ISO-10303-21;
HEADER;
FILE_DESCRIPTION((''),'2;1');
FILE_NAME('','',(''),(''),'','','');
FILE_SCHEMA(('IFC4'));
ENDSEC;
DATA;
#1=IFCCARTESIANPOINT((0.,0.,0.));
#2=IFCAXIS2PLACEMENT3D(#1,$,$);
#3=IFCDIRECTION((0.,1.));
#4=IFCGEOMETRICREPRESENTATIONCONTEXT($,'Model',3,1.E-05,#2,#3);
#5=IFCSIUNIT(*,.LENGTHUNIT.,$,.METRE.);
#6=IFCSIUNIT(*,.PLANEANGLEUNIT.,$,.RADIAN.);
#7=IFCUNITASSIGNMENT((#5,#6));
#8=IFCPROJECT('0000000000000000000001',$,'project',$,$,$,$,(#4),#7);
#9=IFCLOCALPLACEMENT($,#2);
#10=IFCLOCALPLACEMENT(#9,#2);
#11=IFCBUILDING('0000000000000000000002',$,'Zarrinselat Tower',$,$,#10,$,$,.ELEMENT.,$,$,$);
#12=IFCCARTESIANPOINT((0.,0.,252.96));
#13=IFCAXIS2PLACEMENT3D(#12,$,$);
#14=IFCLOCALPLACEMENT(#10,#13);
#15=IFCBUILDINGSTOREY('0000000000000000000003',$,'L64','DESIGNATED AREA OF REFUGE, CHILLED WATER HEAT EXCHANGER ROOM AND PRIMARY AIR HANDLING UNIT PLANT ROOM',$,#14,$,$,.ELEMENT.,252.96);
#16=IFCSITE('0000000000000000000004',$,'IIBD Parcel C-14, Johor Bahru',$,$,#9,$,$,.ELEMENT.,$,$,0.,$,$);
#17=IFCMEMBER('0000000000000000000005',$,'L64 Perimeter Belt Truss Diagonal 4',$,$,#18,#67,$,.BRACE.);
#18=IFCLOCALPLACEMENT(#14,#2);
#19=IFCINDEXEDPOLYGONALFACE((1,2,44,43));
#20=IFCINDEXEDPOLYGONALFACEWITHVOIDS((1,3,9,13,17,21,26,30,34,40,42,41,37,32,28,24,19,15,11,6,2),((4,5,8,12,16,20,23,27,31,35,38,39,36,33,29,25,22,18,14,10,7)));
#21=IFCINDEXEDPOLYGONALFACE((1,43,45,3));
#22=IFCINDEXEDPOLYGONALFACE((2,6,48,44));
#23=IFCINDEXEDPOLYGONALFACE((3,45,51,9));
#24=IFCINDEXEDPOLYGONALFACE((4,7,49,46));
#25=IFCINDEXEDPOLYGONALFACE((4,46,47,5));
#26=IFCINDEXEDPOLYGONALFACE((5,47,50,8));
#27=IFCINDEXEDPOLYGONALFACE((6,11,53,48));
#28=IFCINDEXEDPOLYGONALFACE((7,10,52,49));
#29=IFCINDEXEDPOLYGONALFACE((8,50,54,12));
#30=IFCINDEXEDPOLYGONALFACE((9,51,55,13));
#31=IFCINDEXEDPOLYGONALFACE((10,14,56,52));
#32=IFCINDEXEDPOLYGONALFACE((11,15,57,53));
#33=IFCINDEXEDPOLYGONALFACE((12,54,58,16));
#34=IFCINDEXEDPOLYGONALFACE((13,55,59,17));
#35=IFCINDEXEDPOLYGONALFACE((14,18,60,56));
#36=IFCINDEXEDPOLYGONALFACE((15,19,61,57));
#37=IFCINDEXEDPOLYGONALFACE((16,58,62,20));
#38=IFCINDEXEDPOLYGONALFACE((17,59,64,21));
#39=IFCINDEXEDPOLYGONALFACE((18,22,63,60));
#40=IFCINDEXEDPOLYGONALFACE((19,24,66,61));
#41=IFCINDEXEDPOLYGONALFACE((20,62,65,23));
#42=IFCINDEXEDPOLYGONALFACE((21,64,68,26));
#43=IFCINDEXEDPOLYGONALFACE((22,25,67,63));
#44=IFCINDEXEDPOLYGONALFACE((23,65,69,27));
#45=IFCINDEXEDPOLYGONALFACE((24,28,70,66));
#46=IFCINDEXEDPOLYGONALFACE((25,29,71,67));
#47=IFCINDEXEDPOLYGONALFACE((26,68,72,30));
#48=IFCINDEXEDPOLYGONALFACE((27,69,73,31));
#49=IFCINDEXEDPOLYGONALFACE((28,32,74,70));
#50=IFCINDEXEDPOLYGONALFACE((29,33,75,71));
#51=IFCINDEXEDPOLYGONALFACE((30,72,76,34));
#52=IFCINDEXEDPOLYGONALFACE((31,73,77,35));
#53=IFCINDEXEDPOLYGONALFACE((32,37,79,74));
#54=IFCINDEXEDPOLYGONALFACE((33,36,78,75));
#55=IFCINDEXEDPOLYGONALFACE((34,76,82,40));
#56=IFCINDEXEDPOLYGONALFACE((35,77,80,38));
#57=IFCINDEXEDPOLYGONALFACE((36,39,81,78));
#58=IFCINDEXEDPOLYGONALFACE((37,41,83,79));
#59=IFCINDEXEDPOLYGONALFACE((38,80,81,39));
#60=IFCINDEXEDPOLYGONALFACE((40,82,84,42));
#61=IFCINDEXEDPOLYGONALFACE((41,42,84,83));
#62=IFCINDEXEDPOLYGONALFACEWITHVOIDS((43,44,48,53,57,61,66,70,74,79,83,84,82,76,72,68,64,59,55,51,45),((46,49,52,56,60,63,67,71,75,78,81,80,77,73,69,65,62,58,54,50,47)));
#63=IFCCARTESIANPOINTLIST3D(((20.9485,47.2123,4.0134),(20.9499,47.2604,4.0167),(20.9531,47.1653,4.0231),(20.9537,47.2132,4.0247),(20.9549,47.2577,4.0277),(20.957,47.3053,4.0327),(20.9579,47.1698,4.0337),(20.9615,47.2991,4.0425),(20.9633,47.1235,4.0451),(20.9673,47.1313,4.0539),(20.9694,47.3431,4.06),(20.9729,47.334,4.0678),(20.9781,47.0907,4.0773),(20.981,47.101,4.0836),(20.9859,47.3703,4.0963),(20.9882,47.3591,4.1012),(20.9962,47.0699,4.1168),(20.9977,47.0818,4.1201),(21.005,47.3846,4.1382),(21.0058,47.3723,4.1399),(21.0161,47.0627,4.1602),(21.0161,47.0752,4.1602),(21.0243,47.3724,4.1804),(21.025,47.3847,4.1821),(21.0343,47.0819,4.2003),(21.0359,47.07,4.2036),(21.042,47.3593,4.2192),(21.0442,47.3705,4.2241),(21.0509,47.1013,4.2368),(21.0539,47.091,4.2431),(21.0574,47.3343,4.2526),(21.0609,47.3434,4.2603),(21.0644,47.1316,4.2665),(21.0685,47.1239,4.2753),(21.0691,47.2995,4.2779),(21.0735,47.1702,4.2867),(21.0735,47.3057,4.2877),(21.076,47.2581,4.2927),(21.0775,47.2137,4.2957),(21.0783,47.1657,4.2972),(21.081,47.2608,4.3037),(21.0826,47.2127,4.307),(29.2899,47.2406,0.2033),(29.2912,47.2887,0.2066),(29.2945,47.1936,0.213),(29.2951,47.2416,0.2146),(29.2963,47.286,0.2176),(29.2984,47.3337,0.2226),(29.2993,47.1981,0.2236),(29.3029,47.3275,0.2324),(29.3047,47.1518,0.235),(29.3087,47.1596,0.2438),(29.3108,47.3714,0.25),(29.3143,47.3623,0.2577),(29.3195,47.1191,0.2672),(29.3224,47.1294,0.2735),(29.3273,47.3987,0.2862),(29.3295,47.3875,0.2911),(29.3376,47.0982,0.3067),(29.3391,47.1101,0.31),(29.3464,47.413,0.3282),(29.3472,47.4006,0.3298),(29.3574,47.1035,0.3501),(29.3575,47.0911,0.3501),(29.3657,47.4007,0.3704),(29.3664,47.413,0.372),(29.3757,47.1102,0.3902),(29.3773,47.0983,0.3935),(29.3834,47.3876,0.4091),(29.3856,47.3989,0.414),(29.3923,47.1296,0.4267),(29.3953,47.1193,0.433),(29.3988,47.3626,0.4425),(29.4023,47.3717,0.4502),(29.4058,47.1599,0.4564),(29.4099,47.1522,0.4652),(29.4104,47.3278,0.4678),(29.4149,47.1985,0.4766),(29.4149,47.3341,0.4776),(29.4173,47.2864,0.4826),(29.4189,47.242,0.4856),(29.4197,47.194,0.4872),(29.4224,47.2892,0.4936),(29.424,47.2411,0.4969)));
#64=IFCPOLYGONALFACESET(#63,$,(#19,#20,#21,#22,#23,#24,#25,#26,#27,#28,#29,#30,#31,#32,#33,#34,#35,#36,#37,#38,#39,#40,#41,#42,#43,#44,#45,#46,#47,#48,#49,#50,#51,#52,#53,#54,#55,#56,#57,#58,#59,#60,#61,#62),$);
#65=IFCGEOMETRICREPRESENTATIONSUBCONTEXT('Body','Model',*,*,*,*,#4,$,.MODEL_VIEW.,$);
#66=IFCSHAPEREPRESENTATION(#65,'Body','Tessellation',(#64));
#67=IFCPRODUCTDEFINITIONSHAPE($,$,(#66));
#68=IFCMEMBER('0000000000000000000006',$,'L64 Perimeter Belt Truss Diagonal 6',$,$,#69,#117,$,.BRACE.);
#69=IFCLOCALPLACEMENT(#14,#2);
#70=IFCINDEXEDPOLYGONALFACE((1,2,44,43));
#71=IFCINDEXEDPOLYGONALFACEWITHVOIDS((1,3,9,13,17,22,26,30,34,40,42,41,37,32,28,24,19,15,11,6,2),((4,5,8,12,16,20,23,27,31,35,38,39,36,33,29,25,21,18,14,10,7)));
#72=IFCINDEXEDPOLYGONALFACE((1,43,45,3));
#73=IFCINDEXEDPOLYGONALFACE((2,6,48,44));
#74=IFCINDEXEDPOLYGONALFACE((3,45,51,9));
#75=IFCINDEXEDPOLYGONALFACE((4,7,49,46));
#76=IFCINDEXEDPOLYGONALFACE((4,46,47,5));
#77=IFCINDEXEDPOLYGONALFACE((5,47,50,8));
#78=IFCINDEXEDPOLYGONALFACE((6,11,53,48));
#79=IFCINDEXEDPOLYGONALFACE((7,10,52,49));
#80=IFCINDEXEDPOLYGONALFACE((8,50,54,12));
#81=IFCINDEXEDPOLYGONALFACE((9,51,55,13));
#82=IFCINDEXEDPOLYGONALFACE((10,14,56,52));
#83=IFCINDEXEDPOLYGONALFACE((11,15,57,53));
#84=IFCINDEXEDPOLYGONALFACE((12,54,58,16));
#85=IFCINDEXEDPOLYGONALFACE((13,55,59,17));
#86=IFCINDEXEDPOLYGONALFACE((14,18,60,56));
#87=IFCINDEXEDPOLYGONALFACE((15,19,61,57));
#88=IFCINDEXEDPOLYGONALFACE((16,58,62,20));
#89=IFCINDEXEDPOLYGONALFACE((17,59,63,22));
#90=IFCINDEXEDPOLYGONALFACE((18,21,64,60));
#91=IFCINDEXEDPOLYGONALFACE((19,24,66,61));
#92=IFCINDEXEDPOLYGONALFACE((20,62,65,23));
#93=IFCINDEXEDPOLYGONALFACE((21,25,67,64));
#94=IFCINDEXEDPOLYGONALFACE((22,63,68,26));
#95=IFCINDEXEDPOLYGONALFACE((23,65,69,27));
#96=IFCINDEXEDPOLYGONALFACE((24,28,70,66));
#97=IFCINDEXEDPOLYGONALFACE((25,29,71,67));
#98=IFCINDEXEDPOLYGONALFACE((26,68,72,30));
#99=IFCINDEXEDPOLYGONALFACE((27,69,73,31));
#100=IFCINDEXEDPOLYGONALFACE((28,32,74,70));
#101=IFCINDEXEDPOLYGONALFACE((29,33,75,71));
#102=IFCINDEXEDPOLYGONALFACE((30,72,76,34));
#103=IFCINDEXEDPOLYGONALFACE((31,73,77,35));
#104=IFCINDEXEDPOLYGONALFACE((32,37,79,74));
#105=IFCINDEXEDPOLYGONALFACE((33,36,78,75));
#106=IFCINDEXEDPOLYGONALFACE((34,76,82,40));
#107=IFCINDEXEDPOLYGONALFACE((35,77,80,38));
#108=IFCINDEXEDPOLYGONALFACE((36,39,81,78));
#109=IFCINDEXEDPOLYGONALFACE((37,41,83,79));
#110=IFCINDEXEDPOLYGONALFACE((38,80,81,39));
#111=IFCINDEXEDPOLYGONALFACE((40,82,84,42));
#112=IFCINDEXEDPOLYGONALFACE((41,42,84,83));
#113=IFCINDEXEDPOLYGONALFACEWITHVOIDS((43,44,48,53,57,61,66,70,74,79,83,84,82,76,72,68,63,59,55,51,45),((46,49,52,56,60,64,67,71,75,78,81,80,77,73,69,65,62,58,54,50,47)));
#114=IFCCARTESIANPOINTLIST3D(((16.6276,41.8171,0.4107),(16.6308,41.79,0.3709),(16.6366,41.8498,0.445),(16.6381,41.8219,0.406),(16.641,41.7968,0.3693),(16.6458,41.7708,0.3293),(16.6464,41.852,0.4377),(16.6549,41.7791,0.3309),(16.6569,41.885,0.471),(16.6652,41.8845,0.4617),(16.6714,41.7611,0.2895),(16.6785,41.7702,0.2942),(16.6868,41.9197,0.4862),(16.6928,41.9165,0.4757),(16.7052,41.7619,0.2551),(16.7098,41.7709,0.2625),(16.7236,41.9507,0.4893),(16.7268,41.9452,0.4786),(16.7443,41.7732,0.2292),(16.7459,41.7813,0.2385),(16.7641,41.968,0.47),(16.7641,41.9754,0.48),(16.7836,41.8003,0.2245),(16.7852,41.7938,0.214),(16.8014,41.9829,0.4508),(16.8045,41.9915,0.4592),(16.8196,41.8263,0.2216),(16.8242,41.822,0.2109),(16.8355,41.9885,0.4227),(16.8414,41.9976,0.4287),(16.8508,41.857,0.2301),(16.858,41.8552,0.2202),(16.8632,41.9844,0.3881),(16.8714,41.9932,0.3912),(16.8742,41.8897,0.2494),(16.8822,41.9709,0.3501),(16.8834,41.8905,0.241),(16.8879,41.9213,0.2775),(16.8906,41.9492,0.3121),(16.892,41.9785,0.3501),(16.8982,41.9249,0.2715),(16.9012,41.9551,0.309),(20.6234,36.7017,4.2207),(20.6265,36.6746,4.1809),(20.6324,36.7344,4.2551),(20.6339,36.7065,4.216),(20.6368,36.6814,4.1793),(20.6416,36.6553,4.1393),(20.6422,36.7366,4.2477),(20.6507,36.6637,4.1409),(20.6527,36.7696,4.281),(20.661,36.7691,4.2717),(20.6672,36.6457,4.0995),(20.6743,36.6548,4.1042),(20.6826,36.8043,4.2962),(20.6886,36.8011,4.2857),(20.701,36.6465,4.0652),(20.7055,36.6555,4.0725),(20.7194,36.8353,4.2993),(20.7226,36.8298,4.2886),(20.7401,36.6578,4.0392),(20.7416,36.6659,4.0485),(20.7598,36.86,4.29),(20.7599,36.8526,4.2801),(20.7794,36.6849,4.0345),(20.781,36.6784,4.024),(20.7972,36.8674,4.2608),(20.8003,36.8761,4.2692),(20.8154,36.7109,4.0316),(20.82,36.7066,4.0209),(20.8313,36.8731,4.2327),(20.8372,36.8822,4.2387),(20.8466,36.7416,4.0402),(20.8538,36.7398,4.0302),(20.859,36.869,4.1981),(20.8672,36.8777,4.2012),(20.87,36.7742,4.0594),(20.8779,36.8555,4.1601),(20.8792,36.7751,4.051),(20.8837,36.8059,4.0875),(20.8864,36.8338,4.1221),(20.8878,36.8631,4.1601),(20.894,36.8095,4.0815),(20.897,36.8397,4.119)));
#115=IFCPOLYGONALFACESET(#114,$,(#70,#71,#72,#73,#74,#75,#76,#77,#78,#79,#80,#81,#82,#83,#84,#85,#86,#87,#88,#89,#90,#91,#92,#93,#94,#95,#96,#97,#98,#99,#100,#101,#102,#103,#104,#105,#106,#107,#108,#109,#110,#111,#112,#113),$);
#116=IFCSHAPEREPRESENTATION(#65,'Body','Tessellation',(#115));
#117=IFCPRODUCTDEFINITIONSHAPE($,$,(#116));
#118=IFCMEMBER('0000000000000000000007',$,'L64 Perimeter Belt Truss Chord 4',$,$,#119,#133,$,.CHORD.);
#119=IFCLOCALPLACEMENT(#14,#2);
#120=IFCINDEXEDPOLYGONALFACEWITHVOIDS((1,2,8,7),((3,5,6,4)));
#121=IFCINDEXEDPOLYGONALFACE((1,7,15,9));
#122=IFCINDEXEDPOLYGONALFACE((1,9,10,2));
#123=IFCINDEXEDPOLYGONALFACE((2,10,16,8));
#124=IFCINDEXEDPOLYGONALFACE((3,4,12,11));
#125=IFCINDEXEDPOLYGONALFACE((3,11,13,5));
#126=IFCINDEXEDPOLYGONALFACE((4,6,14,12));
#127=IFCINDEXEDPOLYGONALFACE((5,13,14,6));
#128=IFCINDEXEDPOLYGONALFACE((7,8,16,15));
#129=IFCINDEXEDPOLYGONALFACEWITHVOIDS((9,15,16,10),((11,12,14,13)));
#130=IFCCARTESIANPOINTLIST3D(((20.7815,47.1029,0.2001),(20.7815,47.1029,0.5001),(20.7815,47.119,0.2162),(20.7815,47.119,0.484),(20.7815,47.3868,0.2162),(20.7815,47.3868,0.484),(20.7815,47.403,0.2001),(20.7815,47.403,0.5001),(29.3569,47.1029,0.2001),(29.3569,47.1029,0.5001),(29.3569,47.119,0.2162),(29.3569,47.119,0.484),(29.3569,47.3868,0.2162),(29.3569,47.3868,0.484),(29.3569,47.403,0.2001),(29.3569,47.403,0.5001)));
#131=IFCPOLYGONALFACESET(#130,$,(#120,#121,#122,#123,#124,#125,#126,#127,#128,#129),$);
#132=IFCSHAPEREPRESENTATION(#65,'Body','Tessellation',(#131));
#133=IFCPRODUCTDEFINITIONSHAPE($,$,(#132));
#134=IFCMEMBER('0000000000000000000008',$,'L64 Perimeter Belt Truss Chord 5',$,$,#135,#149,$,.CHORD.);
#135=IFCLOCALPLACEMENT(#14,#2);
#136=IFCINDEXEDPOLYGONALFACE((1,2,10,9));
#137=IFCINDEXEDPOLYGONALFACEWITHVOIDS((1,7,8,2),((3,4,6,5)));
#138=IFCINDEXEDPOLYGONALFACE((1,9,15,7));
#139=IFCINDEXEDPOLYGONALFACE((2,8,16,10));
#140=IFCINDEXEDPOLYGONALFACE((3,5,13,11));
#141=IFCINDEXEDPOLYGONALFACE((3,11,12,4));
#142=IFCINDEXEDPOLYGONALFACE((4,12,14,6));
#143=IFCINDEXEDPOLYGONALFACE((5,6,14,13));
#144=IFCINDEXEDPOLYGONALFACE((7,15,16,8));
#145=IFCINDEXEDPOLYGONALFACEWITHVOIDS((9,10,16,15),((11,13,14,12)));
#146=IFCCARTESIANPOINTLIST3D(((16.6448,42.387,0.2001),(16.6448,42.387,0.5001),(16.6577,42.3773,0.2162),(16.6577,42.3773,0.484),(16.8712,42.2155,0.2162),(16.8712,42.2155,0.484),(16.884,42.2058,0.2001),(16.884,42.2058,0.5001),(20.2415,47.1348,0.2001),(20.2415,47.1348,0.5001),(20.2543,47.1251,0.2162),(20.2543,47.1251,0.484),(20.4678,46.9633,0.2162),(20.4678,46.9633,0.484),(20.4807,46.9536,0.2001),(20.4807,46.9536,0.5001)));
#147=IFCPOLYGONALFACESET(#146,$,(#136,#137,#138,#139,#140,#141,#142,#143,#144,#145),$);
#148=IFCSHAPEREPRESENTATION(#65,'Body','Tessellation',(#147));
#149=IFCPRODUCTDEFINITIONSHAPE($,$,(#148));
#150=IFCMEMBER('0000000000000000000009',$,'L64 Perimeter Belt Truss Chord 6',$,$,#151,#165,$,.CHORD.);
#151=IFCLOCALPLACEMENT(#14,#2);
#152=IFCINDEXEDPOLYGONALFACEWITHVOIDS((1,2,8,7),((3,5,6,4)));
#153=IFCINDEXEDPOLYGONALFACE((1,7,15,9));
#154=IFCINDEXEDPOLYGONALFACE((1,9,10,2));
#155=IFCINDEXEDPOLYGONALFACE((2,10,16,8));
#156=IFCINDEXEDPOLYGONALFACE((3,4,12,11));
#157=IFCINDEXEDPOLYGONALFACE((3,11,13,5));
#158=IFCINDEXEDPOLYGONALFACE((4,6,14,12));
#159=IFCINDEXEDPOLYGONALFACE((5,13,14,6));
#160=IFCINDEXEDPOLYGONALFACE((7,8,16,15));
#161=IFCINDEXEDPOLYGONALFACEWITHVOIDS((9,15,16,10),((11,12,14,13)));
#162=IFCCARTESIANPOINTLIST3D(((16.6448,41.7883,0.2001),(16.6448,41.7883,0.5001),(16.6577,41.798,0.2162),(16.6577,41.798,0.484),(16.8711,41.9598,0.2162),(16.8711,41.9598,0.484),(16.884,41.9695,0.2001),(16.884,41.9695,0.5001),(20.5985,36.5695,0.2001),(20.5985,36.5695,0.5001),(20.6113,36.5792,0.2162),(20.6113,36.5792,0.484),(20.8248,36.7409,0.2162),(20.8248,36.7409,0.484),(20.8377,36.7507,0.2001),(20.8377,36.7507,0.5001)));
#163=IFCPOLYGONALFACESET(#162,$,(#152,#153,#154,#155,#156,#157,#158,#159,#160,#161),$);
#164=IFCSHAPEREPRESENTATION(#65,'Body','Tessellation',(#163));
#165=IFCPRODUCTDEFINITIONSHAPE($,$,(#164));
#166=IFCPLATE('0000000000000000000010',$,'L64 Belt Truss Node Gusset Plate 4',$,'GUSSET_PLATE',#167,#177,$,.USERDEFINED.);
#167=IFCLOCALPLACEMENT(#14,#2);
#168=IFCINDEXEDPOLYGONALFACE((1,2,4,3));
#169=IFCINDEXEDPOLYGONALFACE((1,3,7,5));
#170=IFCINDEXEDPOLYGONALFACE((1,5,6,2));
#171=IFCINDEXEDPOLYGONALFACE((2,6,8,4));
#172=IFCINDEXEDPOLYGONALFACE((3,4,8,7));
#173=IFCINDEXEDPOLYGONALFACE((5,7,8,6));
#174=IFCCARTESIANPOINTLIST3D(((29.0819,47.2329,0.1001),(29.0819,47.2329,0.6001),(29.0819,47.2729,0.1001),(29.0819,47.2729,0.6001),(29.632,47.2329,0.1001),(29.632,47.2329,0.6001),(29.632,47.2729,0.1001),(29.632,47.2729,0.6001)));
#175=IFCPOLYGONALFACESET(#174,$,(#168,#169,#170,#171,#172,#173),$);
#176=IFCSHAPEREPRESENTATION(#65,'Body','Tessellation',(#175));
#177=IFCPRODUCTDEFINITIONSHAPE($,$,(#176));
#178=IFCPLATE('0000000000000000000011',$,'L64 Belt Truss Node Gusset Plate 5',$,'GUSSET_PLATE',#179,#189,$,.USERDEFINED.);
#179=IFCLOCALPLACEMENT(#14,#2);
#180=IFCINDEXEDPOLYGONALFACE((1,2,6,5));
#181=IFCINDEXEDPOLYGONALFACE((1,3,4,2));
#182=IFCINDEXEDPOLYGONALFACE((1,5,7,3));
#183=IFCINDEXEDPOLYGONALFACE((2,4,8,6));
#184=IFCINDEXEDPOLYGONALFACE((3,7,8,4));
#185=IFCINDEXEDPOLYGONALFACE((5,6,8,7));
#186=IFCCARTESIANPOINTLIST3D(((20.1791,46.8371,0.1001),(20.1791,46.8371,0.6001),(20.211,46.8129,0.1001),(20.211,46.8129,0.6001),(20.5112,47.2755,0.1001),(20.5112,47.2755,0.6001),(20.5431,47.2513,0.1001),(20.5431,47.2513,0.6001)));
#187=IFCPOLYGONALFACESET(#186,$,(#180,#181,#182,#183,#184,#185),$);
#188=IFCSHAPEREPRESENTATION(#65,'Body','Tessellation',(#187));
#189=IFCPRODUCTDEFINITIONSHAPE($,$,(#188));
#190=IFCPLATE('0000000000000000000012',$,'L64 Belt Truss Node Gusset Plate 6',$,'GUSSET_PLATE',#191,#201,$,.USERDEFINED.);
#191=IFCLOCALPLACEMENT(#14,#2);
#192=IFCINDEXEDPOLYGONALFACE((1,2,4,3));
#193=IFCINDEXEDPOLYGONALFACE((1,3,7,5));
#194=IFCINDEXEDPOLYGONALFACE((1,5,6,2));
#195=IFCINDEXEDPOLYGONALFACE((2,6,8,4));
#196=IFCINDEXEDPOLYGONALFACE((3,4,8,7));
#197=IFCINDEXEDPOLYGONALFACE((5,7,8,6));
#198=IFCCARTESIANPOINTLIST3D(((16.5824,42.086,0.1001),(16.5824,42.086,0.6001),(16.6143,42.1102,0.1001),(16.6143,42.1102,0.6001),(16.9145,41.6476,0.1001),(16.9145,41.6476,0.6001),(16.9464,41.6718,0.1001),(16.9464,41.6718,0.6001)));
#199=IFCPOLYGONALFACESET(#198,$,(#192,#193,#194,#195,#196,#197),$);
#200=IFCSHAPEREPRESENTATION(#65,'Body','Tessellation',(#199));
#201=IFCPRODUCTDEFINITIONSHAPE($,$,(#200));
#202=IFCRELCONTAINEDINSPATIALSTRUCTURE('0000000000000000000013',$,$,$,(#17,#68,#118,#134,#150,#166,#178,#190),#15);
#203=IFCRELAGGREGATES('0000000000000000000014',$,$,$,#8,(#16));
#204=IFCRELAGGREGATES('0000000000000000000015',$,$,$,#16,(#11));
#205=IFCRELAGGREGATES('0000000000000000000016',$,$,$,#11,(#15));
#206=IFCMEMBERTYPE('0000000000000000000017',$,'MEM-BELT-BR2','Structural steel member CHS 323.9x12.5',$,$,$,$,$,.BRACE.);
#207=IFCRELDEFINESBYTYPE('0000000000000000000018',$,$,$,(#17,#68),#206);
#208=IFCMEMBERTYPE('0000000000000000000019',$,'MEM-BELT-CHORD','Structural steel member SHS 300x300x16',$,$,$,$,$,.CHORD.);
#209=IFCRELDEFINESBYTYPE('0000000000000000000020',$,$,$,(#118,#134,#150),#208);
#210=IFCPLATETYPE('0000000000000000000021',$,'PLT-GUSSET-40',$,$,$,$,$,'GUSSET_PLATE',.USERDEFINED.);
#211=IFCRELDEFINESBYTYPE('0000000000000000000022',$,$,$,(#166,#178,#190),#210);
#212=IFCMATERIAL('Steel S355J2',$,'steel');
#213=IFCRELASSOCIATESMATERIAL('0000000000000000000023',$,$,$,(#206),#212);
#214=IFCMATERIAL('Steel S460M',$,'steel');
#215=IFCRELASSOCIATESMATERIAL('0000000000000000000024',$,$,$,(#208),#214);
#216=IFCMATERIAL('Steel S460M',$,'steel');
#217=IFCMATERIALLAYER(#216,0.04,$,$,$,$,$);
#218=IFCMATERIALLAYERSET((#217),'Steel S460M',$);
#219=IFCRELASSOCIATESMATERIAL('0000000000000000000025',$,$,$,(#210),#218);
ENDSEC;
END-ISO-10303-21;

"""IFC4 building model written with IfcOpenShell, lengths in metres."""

from ifc_helpers import new_model, si_unit, direction, frame, origin, origin_2d, place, context, subcontext, project, spatial, rectangle, hollow_rectangle, hollow_circle, extrude, material, layer, layer_set, material_profile, profile_set, type_object, element, save


model = new_model("IFC4")

# Units and contexts
model_context = context("Model", 3, precision=1e-05, world=origin(), true_north=direction((0.0, 1.0)))
body_context = subcontext(model_context, "Body", "Model", "MODEL_VIEW")
ifc_project = project(units=[si_unit("LENGTHUNIT", "METRE"), si_unit("PLANEANGLEUNIT", "RADIAN")], contexts=[model_context])

# Site, building, storey
site_placement = place(None, origin())
site = spatial("IfcSite", under=ifc_project, at=site_placement, Name="IIBD Parcel C-14, Johor Bahru", CompositionType="ELEMENT", RefElevation=0.0)
building_placement = place(site_placement, origin())
building = spatial("IfcBuilding", under=site, at=building_placement, Name="Zarrinselat Tower", CompositionType="ELEMENT")
storey_placement = place(building_placement, frame((0.0, 0.0, 252.96)))
storey = spatial("IfcBuildingStorey", under=building, at=storey_placement, Name="L64", Description="DESIGNATED AREA OF REFUGE, CHILLED WATER HEAT EXCHANGER ROOM AND PRIMARY AIR HANDLING UNIT PLANT ROOM", CompositionType="ELEMENT", Elevation=252.96)

# Members
ifc_material_1 = material(Name="Steel S355J2", Category="steel")
ifc_material_profile_1 = material_profile(ifc_material_1, hollow_circle(Radius=0.1619, WallThickness=0.0125, at=origin_2d()), Name="CHS 323.9x12.5")
ifc_profile_set_1 = profile_set([ifc_material_profile_1], Name="Steel S355J2")
member_type_1 = type_object("IfcMemberType", Name="MEM-BELT-BR2", Description="Structural steel member CHS 323.9x12.5", PredefinedType="BRACE", material=ifc_profile_set_1)
member_1_placement = place(storey_placement, frame((29.3569, 47.2529, 0.3501), z_axis=(-0.909598, -0.003088, 0.415477), x_axis=(0.003395, -0.999994, 0.0)))
element("IfcMember", 1, at=member_1_placement, inside=storey, type_object=member_type_1, Name="L64 Perimeter Belt Truss Diagonal 4", PredefinedType="BRACE", context=body_context, shape_type="SweptSolid", body=[
    extrude(hollow_circle(Radius=0.1619, WallThickness=0.0125, at=origin_2d()), origin(), (0.0, 0.0, 1.0), 9.1704),
])
member_2_placement = place(storey_placement, frame((16.7644, 41.8789, 0.3501), z_axis=(0.530889, -0.679643, 0.506205), x_axis=(0.788071, 0.615585, 0.0)))
element("IfcMember", 2, at=member_2_placement, inside=storey, type_object=member_type_1, Name="L64 Perimeter Belt Truss Diagonal 6", PredefinedType="BRACE", context=body_context, shape_type="SweptSolid", body=[
    extrude(hollow_circle(Radius=0.1619, WallThickness=0.0125, at=origin_2d()), origin(), (0.0, 0.0, 1.0), 7.5266),
])
ifc_material_2 = material(Name="Steel S460M", Category="steel")
ifc_material_profile_2 = material_profile(ifc_material_2, hollow_rectangle(XDim=0.3, YDim=0.3, WallThickness=0.0161, at=origin_2d()), Name="SHS 300x300x16")
ifc_profile_set_2 = profile_set([ifc_material_profile_2], Name="Steel S460M")
member_type_2 = type_object("IfcMemberType", Name="MEM-BELT-CHORD", Description="Structural steel member SHS 300x300x16", PredefinedType="CHORD", material=ifc_profile_set_2)
member_3_placement = place(storey_placement, frame((29.3569, 47.2529, 0.3501), z_axis=(-1.0, 0.0, 0.0), x_axis=(0.0, -1.0, 0.0)))
element("IfcMember", 3, at=member_3_placement, inside=storey, type_object=member_type_2, Name="L64 Perimeter Belt Truss Chord 4", PredefinedType="CHORD", context=body_context, shape_type="SweptSolid", body=[
    extrude(hollow_rectangle(XDim=0.3, YDim=0.3, WallThickness=0.0161, at=origin_2d()), origin(), (0.0, 0.0, 1.0), 8.5754),
])
member_4_placement = place(storey_placement, frame((20.3611, 47.0442, 0.3501), z_axis=(-0.603843, -0.797104, 0.0), x_axis=(0.797104, -0.603843, 0.0)))
element("IfcMember", 4, at=member_4_placement, inside=storey, type_object=member_type_2, Name="L64 Perimeter Belt Truss Chord 5", PredefinedType="CHORD", context=body_context, shape_type="SweptSolid", body=[
    extrude(hollow_rectangle(XDim=0.3, YDim=0.3, WallThickness=0.0161, at=origin_2d()), origin(), (0.0, 0.0, 1.0), 5.9563),
])
member_5_placement = place(storey_placement, frame((16.7644, 41.8789, 0.3501), z_axis=(0.603859, -0.797091, 0.0), x_axis=(0.797091, 0.603859, 0.0)))
element("IfcMember", 5, at=member_5_placement, inside=storey, type_object=member_type_2, Name="L64 Perimeter Belt Truss Chord 6", PredefinedType="CHORD", context=body_context, shape_type="SweptSolid", body=[
    extrude(hollow_rectangle(XDim=0.3, YDim=0.3, WallThickness=0.0161, at=origin_2d()), origin(), (0.0, 0.0, 1.0), 6.5474),
])

# Plates
ifc_material_3 = material(Name="Steel S460M", Category="steel")
ifc_layer_1 = layer(ifc_material_3, 0.04)
ifc_layer_set_1 = layer_set([ifc_layer_1], Name="Steel S460M")
plate_type = type_object("IfcPlateType", Name="PLT-GUSSET-40", ElementType="GUSSET_PLATE", PredefinedType="USERDEFINED", material=ifc_layer_set_1)
for number, where, z_axis, x_axis, name in (
    (6, (29.3569, 47.2529, 0.1001), (0.0, 0.0, 1.0), (-1.0, 0.0, 0.0), "L64 Belt Truss Node Gusset Plate 4"),
    (7, (20.3611, 47.0442, 0.1001), (0.0, 0.0, 1.0), (-0.603857, -0.797093, 0.0), "L64 Belt Truss Node Gusset Plate 5"),
    (8, (16.7644, 41.8789, 0.1001), (0.0, 0.0, 1.0), (0.603863, -0.797088, 0.0), "L64 Belt Truss Node Gusset Plate 6"),
):
    element("IfcPlate", number, at=place(storey_placement, frame(where, z_axis=z_axis, x_axis=x_axis)), inside=storey, type_object=plate_type, Name=name, ObjectType="GUSSET_PLATE", PredefinedType="USERDEFINED", context=body_context, shape_type="SweptSolid", body=[
        extrude(rectangle(XDim=0.55, YDim=0.04, at=origin_2d()), origin(), (0.0, 0.0, 1.0), 0.5),
    ])

save(model, "model.ifc")
